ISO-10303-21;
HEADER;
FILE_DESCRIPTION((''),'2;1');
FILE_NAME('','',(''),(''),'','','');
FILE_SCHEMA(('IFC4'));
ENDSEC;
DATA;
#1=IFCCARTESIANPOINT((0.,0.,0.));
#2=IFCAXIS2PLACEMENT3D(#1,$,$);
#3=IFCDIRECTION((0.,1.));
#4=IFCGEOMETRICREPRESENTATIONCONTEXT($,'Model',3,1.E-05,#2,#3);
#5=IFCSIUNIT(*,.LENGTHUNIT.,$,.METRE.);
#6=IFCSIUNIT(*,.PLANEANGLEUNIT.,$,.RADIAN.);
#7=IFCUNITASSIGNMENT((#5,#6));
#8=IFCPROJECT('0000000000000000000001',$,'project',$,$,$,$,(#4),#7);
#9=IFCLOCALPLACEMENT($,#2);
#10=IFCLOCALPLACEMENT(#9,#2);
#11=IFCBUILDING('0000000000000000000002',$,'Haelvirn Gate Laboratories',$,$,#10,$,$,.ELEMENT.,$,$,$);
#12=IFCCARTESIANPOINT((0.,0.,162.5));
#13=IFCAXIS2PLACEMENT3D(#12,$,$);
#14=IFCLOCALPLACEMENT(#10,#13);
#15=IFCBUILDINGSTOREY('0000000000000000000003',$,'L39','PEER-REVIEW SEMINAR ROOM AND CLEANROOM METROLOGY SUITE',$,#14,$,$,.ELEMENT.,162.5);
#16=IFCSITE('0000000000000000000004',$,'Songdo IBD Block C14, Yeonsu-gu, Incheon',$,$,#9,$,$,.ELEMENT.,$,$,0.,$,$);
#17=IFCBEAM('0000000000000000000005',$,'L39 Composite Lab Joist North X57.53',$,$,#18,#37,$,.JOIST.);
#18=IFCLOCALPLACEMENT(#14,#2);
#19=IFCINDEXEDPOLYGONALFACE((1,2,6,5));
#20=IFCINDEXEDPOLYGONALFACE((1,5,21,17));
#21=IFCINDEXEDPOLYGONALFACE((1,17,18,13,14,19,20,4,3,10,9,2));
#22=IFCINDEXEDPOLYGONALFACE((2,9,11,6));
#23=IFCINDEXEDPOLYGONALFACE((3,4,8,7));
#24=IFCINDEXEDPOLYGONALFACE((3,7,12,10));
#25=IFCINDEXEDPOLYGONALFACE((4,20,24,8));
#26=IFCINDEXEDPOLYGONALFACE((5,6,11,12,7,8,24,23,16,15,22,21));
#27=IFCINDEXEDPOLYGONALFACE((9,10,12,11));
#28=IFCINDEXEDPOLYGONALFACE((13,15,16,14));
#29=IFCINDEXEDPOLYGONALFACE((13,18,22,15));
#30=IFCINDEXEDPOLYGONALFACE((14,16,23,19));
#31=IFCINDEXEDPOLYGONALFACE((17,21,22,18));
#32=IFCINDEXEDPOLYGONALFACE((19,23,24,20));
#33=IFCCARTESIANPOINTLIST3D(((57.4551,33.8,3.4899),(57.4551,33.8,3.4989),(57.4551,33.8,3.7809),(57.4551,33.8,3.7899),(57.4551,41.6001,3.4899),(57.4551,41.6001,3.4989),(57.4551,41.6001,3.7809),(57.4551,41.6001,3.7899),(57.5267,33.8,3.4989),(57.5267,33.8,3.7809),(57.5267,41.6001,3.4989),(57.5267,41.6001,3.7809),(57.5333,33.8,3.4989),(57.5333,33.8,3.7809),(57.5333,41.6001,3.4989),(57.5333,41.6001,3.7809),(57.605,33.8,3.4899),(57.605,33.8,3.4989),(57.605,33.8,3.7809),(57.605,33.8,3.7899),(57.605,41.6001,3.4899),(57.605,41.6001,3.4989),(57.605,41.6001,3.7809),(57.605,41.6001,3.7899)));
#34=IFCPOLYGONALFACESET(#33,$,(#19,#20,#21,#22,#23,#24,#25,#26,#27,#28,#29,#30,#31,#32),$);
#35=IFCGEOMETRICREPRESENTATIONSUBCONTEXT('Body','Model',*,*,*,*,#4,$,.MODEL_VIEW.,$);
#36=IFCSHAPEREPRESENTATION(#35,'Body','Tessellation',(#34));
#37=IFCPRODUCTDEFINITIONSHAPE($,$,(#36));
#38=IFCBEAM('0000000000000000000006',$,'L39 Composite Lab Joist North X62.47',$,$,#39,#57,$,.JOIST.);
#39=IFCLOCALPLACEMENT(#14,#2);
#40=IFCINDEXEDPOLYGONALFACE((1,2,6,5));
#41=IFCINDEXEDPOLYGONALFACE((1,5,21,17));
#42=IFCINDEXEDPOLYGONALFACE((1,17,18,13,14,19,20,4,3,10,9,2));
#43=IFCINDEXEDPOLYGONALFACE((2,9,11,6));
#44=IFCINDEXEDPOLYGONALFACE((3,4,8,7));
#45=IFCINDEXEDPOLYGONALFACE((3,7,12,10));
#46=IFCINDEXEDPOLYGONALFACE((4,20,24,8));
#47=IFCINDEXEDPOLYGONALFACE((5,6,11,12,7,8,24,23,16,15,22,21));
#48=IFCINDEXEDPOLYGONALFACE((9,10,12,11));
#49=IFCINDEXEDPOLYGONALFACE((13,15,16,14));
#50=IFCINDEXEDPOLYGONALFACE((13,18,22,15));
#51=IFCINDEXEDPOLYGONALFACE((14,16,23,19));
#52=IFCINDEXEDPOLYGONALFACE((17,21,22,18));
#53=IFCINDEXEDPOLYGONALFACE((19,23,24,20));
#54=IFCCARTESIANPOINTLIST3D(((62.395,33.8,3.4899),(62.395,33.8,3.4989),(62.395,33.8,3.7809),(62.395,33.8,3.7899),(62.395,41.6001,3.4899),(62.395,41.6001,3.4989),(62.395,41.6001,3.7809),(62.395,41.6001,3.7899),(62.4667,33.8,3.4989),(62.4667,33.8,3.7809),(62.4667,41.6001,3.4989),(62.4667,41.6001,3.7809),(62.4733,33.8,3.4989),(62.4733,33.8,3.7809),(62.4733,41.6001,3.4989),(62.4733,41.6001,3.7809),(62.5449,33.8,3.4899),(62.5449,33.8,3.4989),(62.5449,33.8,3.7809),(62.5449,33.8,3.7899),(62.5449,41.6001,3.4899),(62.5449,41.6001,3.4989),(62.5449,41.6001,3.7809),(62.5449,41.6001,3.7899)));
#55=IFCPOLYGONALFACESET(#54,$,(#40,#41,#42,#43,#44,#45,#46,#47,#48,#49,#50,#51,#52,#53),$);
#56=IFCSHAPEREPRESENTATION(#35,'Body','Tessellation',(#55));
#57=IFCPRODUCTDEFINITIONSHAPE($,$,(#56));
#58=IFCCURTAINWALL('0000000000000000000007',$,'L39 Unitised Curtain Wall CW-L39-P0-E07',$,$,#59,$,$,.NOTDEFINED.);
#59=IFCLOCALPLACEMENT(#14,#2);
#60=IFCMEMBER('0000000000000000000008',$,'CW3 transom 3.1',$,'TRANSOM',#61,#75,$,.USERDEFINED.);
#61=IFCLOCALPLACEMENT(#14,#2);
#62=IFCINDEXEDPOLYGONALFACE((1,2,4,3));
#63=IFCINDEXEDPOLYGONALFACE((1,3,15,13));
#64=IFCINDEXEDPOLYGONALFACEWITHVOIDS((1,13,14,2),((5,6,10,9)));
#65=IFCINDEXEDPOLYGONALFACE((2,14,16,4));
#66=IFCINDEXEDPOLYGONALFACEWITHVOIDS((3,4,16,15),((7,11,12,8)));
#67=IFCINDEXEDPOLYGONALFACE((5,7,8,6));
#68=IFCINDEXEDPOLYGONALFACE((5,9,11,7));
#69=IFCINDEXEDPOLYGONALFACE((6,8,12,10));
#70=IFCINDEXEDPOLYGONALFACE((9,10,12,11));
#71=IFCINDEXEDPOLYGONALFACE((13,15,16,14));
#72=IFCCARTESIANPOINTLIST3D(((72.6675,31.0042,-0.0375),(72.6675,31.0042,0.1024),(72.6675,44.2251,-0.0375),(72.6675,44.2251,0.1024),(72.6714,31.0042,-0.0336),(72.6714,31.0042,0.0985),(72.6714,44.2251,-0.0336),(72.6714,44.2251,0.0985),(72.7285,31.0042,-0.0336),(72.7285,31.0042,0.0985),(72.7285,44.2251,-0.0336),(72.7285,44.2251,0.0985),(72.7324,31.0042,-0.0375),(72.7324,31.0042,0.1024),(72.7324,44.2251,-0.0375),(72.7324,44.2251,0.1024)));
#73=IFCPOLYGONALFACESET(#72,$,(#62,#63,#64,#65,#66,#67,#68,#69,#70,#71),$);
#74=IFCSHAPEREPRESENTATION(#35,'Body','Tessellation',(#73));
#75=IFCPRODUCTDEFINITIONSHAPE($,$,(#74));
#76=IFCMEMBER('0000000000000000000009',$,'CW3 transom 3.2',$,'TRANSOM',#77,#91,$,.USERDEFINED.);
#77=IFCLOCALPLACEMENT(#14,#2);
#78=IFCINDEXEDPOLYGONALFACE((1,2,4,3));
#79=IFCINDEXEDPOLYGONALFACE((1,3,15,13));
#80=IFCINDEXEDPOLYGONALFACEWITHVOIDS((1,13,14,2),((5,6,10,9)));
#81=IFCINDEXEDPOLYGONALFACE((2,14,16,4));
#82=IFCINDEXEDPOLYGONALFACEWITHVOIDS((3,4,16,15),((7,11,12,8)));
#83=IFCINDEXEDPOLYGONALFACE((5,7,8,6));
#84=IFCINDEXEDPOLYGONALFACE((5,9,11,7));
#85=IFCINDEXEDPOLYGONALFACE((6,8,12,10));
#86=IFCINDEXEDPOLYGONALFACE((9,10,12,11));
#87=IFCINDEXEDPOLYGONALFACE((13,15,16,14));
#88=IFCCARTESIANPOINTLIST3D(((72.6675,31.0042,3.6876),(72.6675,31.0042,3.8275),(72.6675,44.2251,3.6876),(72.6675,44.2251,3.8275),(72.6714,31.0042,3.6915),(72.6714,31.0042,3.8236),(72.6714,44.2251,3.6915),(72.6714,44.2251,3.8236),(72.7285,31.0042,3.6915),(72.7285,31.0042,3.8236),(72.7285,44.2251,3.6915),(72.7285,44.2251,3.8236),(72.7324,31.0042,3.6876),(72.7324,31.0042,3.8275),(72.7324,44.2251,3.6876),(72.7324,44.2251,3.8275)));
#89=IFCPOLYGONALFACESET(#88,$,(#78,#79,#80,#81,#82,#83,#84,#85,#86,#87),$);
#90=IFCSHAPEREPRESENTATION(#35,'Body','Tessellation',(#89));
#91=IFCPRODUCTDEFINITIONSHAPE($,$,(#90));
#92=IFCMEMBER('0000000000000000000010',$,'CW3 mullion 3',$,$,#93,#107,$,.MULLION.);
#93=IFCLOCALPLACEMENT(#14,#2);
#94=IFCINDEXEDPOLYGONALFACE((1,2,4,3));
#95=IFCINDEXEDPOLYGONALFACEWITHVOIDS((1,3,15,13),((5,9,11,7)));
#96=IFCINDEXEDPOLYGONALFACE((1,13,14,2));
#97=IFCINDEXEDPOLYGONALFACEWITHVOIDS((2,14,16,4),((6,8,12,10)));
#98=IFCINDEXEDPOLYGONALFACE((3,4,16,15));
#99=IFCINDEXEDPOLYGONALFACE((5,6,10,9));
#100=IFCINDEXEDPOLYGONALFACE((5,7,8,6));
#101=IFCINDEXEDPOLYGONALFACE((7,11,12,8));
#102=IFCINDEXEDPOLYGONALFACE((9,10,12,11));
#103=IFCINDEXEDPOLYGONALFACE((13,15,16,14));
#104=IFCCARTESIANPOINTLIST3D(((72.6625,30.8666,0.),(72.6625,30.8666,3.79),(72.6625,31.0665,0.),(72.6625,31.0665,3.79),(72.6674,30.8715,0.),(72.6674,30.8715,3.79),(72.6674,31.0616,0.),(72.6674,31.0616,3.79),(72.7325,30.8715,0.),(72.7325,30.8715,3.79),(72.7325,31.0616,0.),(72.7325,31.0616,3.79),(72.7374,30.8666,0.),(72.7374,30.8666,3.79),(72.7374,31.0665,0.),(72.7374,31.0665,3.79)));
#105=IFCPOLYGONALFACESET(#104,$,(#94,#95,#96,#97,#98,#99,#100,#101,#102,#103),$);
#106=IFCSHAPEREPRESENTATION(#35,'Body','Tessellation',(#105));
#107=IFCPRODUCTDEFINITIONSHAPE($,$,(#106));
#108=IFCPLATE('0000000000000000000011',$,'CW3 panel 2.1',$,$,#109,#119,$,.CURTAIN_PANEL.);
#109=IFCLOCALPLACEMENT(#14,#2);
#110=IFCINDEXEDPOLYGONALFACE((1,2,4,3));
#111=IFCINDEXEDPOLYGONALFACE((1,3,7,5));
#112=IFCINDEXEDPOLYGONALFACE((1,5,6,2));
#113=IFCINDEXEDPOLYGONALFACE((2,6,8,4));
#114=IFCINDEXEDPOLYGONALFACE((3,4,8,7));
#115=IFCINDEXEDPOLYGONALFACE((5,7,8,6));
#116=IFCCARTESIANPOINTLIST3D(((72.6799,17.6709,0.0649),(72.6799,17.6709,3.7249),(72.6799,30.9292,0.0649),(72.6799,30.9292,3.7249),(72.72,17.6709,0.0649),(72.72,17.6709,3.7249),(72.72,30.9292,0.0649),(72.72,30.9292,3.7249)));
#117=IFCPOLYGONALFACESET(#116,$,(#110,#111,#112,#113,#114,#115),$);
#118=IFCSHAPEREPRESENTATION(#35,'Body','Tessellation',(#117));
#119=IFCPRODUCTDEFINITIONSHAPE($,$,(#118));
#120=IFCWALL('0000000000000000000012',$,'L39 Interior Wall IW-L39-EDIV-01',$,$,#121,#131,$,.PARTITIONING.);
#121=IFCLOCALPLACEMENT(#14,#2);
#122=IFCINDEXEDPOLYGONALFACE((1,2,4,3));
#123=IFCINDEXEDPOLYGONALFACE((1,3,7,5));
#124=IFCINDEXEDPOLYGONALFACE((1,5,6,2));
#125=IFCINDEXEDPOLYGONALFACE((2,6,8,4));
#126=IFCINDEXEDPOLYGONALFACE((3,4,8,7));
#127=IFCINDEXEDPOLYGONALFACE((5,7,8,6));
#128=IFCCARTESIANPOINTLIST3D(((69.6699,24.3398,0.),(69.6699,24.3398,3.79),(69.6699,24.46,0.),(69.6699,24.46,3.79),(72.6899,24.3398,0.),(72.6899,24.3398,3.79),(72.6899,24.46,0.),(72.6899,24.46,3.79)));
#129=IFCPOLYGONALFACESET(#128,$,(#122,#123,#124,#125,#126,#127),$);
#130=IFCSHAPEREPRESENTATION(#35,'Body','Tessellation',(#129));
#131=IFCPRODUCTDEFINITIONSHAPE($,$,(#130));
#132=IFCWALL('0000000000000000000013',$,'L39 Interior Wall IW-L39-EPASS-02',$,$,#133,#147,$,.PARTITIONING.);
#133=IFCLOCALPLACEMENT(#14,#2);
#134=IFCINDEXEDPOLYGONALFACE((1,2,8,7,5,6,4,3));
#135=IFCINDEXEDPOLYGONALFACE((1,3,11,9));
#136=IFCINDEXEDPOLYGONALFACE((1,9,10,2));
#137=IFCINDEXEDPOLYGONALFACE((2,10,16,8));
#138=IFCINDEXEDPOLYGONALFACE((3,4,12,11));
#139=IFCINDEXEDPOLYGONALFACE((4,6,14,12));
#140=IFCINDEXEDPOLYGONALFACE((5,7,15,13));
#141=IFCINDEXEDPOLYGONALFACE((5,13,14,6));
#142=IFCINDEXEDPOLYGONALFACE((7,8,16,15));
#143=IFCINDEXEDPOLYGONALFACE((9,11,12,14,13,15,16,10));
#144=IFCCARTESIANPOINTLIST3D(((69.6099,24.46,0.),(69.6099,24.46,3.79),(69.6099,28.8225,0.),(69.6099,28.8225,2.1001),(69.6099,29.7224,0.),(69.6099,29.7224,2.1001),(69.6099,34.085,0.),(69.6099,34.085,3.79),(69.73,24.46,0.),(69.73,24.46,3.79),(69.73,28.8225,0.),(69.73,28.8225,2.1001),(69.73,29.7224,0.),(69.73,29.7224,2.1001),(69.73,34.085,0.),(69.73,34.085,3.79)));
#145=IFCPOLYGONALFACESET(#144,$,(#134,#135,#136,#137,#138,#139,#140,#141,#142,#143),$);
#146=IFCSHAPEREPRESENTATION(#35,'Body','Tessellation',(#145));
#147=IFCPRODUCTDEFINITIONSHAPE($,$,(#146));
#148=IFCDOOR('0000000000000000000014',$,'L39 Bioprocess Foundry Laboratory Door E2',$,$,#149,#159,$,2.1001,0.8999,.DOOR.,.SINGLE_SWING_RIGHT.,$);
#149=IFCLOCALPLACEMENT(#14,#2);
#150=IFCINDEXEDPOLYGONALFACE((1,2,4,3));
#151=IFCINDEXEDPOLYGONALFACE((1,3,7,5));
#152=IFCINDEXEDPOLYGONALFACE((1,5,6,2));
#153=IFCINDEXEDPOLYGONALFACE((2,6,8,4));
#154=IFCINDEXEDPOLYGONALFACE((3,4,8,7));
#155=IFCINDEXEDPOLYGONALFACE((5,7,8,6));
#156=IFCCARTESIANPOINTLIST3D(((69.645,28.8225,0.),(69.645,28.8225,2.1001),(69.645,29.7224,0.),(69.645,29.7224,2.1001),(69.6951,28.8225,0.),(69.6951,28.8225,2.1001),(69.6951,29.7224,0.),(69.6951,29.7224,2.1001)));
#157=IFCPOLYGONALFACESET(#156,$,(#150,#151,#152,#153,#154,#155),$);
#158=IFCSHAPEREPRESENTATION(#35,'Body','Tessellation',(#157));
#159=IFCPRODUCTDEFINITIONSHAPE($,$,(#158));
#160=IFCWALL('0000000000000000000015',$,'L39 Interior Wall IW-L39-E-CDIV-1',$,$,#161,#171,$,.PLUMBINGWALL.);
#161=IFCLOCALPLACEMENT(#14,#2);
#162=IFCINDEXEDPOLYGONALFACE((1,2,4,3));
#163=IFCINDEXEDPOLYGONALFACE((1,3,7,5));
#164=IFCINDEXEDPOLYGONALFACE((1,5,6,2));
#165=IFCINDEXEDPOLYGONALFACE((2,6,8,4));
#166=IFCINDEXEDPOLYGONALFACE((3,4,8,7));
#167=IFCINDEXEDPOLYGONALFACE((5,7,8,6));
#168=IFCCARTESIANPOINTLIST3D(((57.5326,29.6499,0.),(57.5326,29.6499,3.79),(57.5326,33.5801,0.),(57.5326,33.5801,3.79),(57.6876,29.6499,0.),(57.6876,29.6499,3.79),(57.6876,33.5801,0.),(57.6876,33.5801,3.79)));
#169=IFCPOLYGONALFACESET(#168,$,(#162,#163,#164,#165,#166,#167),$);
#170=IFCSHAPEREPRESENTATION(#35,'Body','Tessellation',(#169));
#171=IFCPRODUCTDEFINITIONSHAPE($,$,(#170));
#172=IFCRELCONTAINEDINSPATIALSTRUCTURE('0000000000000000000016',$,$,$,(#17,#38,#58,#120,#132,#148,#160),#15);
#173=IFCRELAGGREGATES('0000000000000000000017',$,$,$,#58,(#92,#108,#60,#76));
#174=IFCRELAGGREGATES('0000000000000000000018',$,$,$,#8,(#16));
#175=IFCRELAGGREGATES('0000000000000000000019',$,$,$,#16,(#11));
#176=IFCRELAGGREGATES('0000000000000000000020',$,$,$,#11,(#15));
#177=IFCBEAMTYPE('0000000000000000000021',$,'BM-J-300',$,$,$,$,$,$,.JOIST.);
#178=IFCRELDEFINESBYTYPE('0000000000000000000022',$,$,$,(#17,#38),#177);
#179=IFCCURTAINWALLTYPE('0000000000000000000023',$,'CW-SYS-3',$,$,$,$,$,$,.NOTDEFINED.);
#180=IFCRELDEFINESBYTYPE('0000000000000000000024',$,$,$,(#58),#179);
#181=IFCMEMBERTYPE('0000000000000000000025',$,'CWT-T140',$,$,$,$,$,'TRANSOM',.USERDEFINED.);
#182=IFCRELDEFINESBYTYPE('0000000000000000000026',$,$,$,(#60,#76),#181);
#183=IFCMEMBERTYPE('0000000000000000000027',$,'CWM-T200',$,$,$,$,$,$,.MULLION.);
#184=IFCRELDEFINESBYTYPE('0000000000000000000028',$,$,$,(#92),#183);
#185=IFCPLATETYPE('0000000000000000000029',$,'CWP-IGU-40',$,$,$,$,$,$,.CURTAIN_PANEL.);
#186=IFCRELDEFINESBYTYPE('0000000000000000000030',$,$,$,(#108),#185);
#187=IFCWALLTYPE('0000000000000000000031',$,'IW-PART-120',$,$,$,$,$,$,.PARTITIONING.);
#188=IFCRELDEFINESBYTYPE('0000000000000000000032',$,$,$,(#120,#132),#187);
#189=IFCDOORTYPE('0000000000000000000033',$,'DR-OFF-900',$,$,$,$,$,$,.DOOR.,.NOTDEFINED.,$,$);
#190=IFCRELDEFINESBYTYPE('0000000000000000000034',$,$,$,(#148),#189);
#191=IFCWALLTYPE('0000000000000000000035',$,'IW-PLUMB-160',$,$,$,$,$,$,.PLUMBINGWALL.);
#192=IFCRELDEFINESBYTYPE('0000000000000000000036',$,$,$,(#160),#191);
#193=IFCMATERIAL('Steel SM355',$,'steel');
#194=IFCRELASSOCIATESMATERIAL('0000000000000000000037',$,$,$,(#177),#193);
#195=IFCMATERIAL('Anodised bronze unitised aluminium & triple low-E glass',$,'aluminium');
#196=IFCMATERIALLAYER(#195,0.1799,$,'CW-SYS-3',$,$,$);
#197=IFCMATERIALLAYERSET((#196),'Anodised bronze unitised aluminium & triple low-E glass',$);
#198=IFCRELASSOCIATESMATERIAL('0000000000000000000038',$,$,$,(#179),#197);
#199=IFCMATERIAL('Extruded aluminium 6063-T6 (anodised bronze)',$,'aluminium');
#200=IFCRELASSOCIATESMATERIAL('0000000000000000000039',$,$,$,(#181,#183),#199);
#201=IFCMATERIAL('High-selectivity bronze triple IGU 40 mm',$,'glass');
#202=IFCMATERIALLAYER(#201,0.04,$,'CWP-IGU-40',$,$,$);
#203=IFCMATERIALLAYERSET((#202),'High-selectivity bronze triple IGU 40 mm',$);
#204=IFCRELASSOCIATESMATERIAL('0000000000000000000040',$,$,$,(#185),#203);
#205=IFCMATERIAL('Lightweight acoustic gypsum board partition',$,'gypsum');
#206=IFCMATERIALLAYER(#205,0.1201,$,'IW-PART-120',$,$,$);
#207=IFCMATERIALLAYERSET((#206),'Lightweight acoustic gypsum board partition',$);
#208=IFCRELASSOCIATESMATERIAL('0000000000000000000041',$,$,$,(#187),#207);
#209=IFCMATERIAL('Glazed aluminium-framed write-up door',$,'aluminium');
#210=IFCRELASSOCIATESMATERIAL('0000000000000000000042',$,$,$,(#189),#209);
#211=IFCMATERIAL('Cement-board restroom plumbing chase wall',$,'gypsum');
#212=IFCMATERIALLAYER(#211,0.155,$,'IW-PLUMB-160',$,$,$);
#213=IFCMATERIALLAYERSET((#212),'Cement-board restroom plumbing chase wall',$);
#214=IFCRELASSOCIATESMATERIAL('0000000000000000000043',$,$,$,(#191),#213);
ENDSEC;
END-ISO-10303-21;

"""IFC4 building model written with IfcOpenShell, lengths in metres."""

from ifc_helpers import new_model, si_unit, direction, frame, frame_2d, origin, origin_2d, place, context, subcontext, project, spatial, rectangle, hollow_rectangle, i_section, extrude, source, transform, mapped, material, layer, layer_set, material_profile, profile_set, type_object, type_shapes, element, fill, aggregate, save


model = new_model("IFC4")

# Units and contexts
model_context = context("Model", 3, precision=1e-05, world=origin(), true_north=direction((0.0, 1.0)))
body_context = subcontext(model_context, "Body", "Model", "MODEL_VIEW")
ifc_project = project(units=[si_unit("LENGTHUNIT", "METRE"), si_unit("PLANEANGLEUNIT", "RADIAN")], contexts=[model_context])

# Site, building, storey
site_placement = place(None, origin())
site = spatial("IfcSite", under=ifc_project, at=site_placement, Name="Songdo IBD Block C14, Yeonsu-gu, Incheon", CompositionType="ELEMENT", RefElevation=0.0)
building_placement = place(site_placement, origin())
building = spatial("IfcBuilding", under=site, at=building_placement, Name="Haelvirn Gate Laboratories", CompositionType="ELEMENT")
storey_placement = place(building_placement, frame((0.0, 0.0, 162.5)))
storey = spatial("IfcBuildingStorey", under=building, at=storey_placement, Name="L39", Description="PEER-REVIEW SEMINAR ROOM AND CLEANROOM METROLOGY SUITE", CompositionType="ELEMENT", Elevation=162.5)

# Beams
ifc_material_1 = material(Name="Steel SM355", Category="steel")
ifc_material_profile_1 = material_profile(ifc_material_1, i_section(OverallWidth=0.1499, OverallDepth=0.3, WebThickness=0.0066, FlangeThickness=0.009, at=origin_2d()), Name="H-300x150x6.5x9")
ifc_profile_set_1 = profile_set([ifc_material_profile_1], Name="Steel SM355")
beam_type = type_object("IfcBeamType", Name="BM-J-300", PredefinedType="JOIST", material=ifc_profile_set_1)
shared_shape_1 = source(origin(), body_context, "Body", "SweptSolid", [
    extrude(i_section(OverallWidth=0.1499, OverallDepth=0.3, WebThickness=0.0066, FlangeThickness=0.009, at=origin_2d()), origin(), (0.0, 0.0, 1.0), 7.8),
])
type_shapes(beam_type, [shared_shape_1])
for number, where, z_axis, x_axis, name in (
    (1, (57.53, 33.8, 3.6399), (0.0, 1.0, 0.0), (-1.0, 0.0, 0.0), "L39 Composite Lab Joist North X57.53"),
    (2, (62.47, 33.8, 3.6399), (0.0, 1.0, 0.0), (-1.0, 0.0, 0.0), "L39 Composite Lab Joist North X62.47"),
):
    element("IfcBeam", number, at=place(storey_placement, frame(where, z_axis=z_axis, x_axis=x_axis)), inside=storey, type_object=beam_type, Name=name, PredefinedType="JOIST", context=body_context, shape_type="MappedRepresentation", body=[
        mapped(shared_shape_1, transform((0.0, 0.0, 0.0), scale=1.0)),
    ])

# Curtain wall, members, plate
ifc_material_2 = material(Name="Anodised bronze unitised aluminium & triple low-E glass", Category="aluminium")
ifc_layer_1 = layer(ifc_material_2, 0.1799, Name="CW-SYS-3")
ifc_layer_set_1 = layer_set([ifc_layer_1], Name="Anodised bronze unitised aluminium & triple low-E glass")
curtain_wall_type = type_object("IfcCurtainWallType", Name="CW-SYS-3", PredefinedType="NOTDEFINED", material=ifc_layer_set_1)
curtain_wall_placement = place(storey_placement, origin())
curtain_wall = element("IfcCurtainWall", 3, at=curtain_wall_placement, inside=storey, type_object=curtain_wall_type, Name="L39 Unitised Curtain Wall CW-L39-P0-E07", PredefinedType="NOTDEFINED")
ifc_material_3 = material(Name="Extruded aluminium 6063-T6 (anodised bronze)", Category="aluminium")
ifc_material_profile_2 = material_profile(ifc_material_3, hollow_rectangle(XDim=0.0649, YDim=0.1399, WallThickness=0.0039, at=origin_2d()), Name="CWT-140x65x4")
ifc_profile_set_2 = profile_set([ifc_material_profile_2], Name="Extruded aluminium 6063-T6 (anodised bronze)")
member_type_1 = type_object("IfcMemberType", Name="CWT-T140", ElementType="TRANSOM", PredefinedType="USERDEFINED", material=ifc_profile_set_2)
shared_shape_2 = source(origin(), body_context, "Body", "SweptSolid", [
    extrude(hollow_rectangle(XDim=0.0649, YDim=0.1399, WallThickness=0.0039, at=origin_2d()), origin(), (0.0, 0.0, 1.0), 13.2209),
])
type_shapes(member_type_1, [shared_shape_2])
member_1_placement = place(storey_placement, frame((72.7, 31.0042, 0.0325), z_axis=(0.0, 1.0, 0.0), x_axis=(-1.0, 0.0, 0.0)))
member_1 = element("IfcMember", 4, at=member_1_placement, type_object=member_type_1, Name="CW3 transom 3.1", ObjectType="TRANSOM", PredefinedType="USERDEFINED", context=body_context, shape_type="MappedRepresentation", body=[
    mapped(shared_shape_2, transform((0.0, 0.0, 0.0), scale=1.0)),
])
member_2_placement = place(storey_placement, frame((72.7, 31.0042, 3.7576), z_axis=(0.0, 1.0, 0.0), x_axis=(-1.0, 0.0, 0.0)))
member_2 = element("IfcMember", 5, at=member_2_placement, type_object=member_type_1, Name="CW3 transom 3.2", ObjectType="TRANSOM", PredefinedType="USERDEFINED", context=body_context, shape_type="MappedRepresentation", body=[
    mapped(shared_shape_2, transform((0.0, 0.0, 0.0), scale=1.0)),
])
ifc_material_profile_3 = material_profile(ifc_material_3, hollow_rectangle(XDim=0.075, YDim=0.2, WallThickness=0.0049, at=origin_2d()), Name="CWM-200x75x5")
ifc_profile_set_3 = profile_set([ifc_material_profile_3], Name="Extruded aluminium 6063-T6 (anodised bronze)")
member_type_2 = type_object("IfcMemberType", Name="CWM-T200", PredefinedType="MULLION", material=ifc_profile_set_3)
shared_shape_3 = source(origin(), body_context, "Body", "SweptSolid", [
    extrude(hollow_rectangle(XDim=0.075, YDim=0.2, WallThickness=0.0049, at=origin_2d()), origin(), (0.0, 0.0, 1.0), 3.79),
])
type_shapes(member_type_2, [shared_shape_3])
member_3_placement = place(storey_placement, frame((72.7, 30.9666, 0.0), z_axis=(0.0, 0.0, 1.0), x_axis=(-1.0, 0.0, 0.0)))
member_3 = element("IfcMember", 6, at=member_3_placement, type_object=member_type_2, Name="CW3 mullion 3", PredefinedType="MULLION", context=body_context, shape_type="MappedRepresentation", body=[
    mapped(shared_shape_3, transform((0.0, 0.0, 0.0), scale=1.0)),
])
ifc_material_4 = material(Name="High-selectivity bronze triple IGU 40 mm", Category="glass")
ifc_layer_2 = layer(ifc_material_4, 0.04, Name="CWP-IGU-40")
ifc_layer_set_2 = layer_set([ifc_layer_2], Name="High-selectivity bronze triple IGU 40 mm")
plate_type = type_object("IfcPlateType", Name="CWP-IGU-40", PredefinedType="CURTAIN_PANEL", material=ifc_layer_set_2)
shared_shape_4 = source(origin(), body_context, "Body", "SweptSolid", [
    extrude(rectangle(XDim=13.2583, YDim=0.04, at=origin_2d()), origin(), (0.0, 0.0, 1.0), 3.6599),
])
type_shapes(plate_type, [shared_shape_4])
plate_placement = place(storey_placement, frame((72.7, 24.3, 0.0649), z_axis=(0.0, 0.0, 1.0), x_axis=(0.0, 1.0, 0.0)))
plate = element("IfcPlate", 7, at=plate_placement, type_object=plate_type, Name="CW3 panel 2.1", PredefinedType="CURTAIN_PANEL", context=body_context, shape_type="MappedRepresentation", body=[
    mapped(shared_shape_4, transform((0.0, 0.0, 0.0), scale=1.0)),
])
aggregate(curtain_wall, [member_3, plate, member_1, member_2])

# Wall
ifc_material_5 = material(Name="Lightweight acoustic gypsum board partition", Category="gypsum")
ifc_layer_3 = layer(ifc_material_5, 0.1201, Name="IW-PART-120")
ifc_layer_set_3 = layer_set([ifc_layer_3], Name="Lightweight acoustic gypsum board partition")
wall_type_1 = type_object("IfcWallType", Name="IW-PART-120", PredefinedType="PARTITIONING", material=ifc_layer_set_3)
wall_1_placement = place(storey_placement, frame((69.6699, 24.3999, 0.0), z_axis=(0.0, 0.0, 1.0), x_axis=(1.0, 0.0, 0.0)))
element("IfcWall", 8, at=wall_1_placement, inside=storey, type_object=wall_type_1, Name="L39 Interior Wall IW-L39-EDIV-01", PredefinedType="PARTITIONING", context=body_context, shape_type="SweptSolid", body=[
    extrude(rectangle(XDim=3.02, YDim=0.1201, at=frame_2d((1.51, 0.0))), origin(), (0.0, 0.0, 1.0), 3.79),
])

# Wall, opening, door
wall_2_placement = place(storey_placement, frame((69.6699, 24.46, 0.0), z_axis=(0.0, 0.0, 1.0), x_axis=(0.0, 1.0, 0.0)))
wall_2 = element("IfcWall", 9, at=wall_2_placement, inside=storey, type_object=wall_type_1, Name="L39 Interior Wall IW-L39-EPASS-02", PredefinedType="PARTITIONING", context=body_context, shape_type="SweptSolid", body=[
    extrude(rectangle(XDim=9.625, YDim=0.1201, at=frame_2d((4.8125, 0.0))), origin(), (0.0, 0.0, 1.0), 3.79),
])
opening_1_placement = place(wall_2_placement, frame((4.3625, 0.0, 0.0)))
opening_1 = element("IfcOpeningElement", 10, at=opening_1_placement, cuts=wall_2, PredefinedType="OPENING", context=body_context, shape_type="SweptSolid", body=[
    extrude(rectangle(XDim=0.8999, YDim=2.1001, at=frame_2d((0.45, 1.05))), frame((0.0, 0.0701, 0.0), z_axis=(0.0, -1.0, 0.0), x_axis=(1.0, 0.0, 0.0)), (0.0, 0.0, 1.0), 0.1401),
])
ifc_material_6 = material(Name="Glazed aluminium-framed write-up door", Category="aluminium")
door_type_1 = type_object("IfcDoorType", Name="DR-OFF-900", OperationType="NOTDEFINED", PredefinedType="DOOR", material=ifc_material_6)
shared_shape_5 = source(origin(), body_context, "Body", "SweptSolid", [
    extrude(rectangle(XDim=0.8999, YDim=2.1001, at=frame_2d((0.45, 1.05))), frame((0.0, 0.0249, 0.0), z_axis=(0.0, -1.0, 0.0), x_axis=(1.0, 0.0, 0.0)), (0.0, 0.0, 1.0), 0.05),
])
type_shapes(door_type_1, [shared_shape_5])
door_1_placement = place(opening_1_placement, origin())
door_1 = element("IfcDoor", 11, at=door_1_placement, inside=storey, type_object=door_type_1, Name="L39 Bioprocess Foundry Laboratory Door E2", OperationType="SINGLE_SWING_RIGHT", OverallHeight=2.1001, OverallWidth=0.8999, PredefinedType="DOOR", context=body_context, shape_type="MappedRepresentation", body=[
    mapped(shared_shape_5, transform((0.0, 0.0, 0.0), scale=1.0)),
])
fill(opening_1, door_1)

# Wall
ifc_material_7 = material(Name="Cement-board restroom plumbing chase wall", Category="gypsum")
ifc_layer_4 = layer(ifc_material_7, 0.155, Name="IW-PLUMB-160")
ifc_layer_set_4 = layer_set([ifc_layer_4], Name="Cement-board restroom plumbing chase wall")
wall_type_2 = type_object("IfcWallType", Name="IW-PLUMB-160", PredefinedType="PLUMBINGWALL", material=ifc_layer_set_4)
wall_3_placement = place(storey_placement, frame((57.6101, 29.6499, 0.0), z_axis=(0.0, 0.0, 1.0), x_axis=(0.0, 1.0, 0.0)))
element("IfcWall", 12, at=wall_3_placement, inside=storey, type_object=wall_type_2, Name="L39 Interior Wall IW-L39-E-CDIV-1", PredefinedType="PLUMBINGWALL", context=body_context, shape_type="SweptSolid", body=[
    extrude(rectangle(XDim=3.9302, YDim=0.155, at=frame_2d((1.9651, 0.0))), origin(), (0.0, 0.0, 1.0), 3.79),
])

save(model, "model.ifc")
